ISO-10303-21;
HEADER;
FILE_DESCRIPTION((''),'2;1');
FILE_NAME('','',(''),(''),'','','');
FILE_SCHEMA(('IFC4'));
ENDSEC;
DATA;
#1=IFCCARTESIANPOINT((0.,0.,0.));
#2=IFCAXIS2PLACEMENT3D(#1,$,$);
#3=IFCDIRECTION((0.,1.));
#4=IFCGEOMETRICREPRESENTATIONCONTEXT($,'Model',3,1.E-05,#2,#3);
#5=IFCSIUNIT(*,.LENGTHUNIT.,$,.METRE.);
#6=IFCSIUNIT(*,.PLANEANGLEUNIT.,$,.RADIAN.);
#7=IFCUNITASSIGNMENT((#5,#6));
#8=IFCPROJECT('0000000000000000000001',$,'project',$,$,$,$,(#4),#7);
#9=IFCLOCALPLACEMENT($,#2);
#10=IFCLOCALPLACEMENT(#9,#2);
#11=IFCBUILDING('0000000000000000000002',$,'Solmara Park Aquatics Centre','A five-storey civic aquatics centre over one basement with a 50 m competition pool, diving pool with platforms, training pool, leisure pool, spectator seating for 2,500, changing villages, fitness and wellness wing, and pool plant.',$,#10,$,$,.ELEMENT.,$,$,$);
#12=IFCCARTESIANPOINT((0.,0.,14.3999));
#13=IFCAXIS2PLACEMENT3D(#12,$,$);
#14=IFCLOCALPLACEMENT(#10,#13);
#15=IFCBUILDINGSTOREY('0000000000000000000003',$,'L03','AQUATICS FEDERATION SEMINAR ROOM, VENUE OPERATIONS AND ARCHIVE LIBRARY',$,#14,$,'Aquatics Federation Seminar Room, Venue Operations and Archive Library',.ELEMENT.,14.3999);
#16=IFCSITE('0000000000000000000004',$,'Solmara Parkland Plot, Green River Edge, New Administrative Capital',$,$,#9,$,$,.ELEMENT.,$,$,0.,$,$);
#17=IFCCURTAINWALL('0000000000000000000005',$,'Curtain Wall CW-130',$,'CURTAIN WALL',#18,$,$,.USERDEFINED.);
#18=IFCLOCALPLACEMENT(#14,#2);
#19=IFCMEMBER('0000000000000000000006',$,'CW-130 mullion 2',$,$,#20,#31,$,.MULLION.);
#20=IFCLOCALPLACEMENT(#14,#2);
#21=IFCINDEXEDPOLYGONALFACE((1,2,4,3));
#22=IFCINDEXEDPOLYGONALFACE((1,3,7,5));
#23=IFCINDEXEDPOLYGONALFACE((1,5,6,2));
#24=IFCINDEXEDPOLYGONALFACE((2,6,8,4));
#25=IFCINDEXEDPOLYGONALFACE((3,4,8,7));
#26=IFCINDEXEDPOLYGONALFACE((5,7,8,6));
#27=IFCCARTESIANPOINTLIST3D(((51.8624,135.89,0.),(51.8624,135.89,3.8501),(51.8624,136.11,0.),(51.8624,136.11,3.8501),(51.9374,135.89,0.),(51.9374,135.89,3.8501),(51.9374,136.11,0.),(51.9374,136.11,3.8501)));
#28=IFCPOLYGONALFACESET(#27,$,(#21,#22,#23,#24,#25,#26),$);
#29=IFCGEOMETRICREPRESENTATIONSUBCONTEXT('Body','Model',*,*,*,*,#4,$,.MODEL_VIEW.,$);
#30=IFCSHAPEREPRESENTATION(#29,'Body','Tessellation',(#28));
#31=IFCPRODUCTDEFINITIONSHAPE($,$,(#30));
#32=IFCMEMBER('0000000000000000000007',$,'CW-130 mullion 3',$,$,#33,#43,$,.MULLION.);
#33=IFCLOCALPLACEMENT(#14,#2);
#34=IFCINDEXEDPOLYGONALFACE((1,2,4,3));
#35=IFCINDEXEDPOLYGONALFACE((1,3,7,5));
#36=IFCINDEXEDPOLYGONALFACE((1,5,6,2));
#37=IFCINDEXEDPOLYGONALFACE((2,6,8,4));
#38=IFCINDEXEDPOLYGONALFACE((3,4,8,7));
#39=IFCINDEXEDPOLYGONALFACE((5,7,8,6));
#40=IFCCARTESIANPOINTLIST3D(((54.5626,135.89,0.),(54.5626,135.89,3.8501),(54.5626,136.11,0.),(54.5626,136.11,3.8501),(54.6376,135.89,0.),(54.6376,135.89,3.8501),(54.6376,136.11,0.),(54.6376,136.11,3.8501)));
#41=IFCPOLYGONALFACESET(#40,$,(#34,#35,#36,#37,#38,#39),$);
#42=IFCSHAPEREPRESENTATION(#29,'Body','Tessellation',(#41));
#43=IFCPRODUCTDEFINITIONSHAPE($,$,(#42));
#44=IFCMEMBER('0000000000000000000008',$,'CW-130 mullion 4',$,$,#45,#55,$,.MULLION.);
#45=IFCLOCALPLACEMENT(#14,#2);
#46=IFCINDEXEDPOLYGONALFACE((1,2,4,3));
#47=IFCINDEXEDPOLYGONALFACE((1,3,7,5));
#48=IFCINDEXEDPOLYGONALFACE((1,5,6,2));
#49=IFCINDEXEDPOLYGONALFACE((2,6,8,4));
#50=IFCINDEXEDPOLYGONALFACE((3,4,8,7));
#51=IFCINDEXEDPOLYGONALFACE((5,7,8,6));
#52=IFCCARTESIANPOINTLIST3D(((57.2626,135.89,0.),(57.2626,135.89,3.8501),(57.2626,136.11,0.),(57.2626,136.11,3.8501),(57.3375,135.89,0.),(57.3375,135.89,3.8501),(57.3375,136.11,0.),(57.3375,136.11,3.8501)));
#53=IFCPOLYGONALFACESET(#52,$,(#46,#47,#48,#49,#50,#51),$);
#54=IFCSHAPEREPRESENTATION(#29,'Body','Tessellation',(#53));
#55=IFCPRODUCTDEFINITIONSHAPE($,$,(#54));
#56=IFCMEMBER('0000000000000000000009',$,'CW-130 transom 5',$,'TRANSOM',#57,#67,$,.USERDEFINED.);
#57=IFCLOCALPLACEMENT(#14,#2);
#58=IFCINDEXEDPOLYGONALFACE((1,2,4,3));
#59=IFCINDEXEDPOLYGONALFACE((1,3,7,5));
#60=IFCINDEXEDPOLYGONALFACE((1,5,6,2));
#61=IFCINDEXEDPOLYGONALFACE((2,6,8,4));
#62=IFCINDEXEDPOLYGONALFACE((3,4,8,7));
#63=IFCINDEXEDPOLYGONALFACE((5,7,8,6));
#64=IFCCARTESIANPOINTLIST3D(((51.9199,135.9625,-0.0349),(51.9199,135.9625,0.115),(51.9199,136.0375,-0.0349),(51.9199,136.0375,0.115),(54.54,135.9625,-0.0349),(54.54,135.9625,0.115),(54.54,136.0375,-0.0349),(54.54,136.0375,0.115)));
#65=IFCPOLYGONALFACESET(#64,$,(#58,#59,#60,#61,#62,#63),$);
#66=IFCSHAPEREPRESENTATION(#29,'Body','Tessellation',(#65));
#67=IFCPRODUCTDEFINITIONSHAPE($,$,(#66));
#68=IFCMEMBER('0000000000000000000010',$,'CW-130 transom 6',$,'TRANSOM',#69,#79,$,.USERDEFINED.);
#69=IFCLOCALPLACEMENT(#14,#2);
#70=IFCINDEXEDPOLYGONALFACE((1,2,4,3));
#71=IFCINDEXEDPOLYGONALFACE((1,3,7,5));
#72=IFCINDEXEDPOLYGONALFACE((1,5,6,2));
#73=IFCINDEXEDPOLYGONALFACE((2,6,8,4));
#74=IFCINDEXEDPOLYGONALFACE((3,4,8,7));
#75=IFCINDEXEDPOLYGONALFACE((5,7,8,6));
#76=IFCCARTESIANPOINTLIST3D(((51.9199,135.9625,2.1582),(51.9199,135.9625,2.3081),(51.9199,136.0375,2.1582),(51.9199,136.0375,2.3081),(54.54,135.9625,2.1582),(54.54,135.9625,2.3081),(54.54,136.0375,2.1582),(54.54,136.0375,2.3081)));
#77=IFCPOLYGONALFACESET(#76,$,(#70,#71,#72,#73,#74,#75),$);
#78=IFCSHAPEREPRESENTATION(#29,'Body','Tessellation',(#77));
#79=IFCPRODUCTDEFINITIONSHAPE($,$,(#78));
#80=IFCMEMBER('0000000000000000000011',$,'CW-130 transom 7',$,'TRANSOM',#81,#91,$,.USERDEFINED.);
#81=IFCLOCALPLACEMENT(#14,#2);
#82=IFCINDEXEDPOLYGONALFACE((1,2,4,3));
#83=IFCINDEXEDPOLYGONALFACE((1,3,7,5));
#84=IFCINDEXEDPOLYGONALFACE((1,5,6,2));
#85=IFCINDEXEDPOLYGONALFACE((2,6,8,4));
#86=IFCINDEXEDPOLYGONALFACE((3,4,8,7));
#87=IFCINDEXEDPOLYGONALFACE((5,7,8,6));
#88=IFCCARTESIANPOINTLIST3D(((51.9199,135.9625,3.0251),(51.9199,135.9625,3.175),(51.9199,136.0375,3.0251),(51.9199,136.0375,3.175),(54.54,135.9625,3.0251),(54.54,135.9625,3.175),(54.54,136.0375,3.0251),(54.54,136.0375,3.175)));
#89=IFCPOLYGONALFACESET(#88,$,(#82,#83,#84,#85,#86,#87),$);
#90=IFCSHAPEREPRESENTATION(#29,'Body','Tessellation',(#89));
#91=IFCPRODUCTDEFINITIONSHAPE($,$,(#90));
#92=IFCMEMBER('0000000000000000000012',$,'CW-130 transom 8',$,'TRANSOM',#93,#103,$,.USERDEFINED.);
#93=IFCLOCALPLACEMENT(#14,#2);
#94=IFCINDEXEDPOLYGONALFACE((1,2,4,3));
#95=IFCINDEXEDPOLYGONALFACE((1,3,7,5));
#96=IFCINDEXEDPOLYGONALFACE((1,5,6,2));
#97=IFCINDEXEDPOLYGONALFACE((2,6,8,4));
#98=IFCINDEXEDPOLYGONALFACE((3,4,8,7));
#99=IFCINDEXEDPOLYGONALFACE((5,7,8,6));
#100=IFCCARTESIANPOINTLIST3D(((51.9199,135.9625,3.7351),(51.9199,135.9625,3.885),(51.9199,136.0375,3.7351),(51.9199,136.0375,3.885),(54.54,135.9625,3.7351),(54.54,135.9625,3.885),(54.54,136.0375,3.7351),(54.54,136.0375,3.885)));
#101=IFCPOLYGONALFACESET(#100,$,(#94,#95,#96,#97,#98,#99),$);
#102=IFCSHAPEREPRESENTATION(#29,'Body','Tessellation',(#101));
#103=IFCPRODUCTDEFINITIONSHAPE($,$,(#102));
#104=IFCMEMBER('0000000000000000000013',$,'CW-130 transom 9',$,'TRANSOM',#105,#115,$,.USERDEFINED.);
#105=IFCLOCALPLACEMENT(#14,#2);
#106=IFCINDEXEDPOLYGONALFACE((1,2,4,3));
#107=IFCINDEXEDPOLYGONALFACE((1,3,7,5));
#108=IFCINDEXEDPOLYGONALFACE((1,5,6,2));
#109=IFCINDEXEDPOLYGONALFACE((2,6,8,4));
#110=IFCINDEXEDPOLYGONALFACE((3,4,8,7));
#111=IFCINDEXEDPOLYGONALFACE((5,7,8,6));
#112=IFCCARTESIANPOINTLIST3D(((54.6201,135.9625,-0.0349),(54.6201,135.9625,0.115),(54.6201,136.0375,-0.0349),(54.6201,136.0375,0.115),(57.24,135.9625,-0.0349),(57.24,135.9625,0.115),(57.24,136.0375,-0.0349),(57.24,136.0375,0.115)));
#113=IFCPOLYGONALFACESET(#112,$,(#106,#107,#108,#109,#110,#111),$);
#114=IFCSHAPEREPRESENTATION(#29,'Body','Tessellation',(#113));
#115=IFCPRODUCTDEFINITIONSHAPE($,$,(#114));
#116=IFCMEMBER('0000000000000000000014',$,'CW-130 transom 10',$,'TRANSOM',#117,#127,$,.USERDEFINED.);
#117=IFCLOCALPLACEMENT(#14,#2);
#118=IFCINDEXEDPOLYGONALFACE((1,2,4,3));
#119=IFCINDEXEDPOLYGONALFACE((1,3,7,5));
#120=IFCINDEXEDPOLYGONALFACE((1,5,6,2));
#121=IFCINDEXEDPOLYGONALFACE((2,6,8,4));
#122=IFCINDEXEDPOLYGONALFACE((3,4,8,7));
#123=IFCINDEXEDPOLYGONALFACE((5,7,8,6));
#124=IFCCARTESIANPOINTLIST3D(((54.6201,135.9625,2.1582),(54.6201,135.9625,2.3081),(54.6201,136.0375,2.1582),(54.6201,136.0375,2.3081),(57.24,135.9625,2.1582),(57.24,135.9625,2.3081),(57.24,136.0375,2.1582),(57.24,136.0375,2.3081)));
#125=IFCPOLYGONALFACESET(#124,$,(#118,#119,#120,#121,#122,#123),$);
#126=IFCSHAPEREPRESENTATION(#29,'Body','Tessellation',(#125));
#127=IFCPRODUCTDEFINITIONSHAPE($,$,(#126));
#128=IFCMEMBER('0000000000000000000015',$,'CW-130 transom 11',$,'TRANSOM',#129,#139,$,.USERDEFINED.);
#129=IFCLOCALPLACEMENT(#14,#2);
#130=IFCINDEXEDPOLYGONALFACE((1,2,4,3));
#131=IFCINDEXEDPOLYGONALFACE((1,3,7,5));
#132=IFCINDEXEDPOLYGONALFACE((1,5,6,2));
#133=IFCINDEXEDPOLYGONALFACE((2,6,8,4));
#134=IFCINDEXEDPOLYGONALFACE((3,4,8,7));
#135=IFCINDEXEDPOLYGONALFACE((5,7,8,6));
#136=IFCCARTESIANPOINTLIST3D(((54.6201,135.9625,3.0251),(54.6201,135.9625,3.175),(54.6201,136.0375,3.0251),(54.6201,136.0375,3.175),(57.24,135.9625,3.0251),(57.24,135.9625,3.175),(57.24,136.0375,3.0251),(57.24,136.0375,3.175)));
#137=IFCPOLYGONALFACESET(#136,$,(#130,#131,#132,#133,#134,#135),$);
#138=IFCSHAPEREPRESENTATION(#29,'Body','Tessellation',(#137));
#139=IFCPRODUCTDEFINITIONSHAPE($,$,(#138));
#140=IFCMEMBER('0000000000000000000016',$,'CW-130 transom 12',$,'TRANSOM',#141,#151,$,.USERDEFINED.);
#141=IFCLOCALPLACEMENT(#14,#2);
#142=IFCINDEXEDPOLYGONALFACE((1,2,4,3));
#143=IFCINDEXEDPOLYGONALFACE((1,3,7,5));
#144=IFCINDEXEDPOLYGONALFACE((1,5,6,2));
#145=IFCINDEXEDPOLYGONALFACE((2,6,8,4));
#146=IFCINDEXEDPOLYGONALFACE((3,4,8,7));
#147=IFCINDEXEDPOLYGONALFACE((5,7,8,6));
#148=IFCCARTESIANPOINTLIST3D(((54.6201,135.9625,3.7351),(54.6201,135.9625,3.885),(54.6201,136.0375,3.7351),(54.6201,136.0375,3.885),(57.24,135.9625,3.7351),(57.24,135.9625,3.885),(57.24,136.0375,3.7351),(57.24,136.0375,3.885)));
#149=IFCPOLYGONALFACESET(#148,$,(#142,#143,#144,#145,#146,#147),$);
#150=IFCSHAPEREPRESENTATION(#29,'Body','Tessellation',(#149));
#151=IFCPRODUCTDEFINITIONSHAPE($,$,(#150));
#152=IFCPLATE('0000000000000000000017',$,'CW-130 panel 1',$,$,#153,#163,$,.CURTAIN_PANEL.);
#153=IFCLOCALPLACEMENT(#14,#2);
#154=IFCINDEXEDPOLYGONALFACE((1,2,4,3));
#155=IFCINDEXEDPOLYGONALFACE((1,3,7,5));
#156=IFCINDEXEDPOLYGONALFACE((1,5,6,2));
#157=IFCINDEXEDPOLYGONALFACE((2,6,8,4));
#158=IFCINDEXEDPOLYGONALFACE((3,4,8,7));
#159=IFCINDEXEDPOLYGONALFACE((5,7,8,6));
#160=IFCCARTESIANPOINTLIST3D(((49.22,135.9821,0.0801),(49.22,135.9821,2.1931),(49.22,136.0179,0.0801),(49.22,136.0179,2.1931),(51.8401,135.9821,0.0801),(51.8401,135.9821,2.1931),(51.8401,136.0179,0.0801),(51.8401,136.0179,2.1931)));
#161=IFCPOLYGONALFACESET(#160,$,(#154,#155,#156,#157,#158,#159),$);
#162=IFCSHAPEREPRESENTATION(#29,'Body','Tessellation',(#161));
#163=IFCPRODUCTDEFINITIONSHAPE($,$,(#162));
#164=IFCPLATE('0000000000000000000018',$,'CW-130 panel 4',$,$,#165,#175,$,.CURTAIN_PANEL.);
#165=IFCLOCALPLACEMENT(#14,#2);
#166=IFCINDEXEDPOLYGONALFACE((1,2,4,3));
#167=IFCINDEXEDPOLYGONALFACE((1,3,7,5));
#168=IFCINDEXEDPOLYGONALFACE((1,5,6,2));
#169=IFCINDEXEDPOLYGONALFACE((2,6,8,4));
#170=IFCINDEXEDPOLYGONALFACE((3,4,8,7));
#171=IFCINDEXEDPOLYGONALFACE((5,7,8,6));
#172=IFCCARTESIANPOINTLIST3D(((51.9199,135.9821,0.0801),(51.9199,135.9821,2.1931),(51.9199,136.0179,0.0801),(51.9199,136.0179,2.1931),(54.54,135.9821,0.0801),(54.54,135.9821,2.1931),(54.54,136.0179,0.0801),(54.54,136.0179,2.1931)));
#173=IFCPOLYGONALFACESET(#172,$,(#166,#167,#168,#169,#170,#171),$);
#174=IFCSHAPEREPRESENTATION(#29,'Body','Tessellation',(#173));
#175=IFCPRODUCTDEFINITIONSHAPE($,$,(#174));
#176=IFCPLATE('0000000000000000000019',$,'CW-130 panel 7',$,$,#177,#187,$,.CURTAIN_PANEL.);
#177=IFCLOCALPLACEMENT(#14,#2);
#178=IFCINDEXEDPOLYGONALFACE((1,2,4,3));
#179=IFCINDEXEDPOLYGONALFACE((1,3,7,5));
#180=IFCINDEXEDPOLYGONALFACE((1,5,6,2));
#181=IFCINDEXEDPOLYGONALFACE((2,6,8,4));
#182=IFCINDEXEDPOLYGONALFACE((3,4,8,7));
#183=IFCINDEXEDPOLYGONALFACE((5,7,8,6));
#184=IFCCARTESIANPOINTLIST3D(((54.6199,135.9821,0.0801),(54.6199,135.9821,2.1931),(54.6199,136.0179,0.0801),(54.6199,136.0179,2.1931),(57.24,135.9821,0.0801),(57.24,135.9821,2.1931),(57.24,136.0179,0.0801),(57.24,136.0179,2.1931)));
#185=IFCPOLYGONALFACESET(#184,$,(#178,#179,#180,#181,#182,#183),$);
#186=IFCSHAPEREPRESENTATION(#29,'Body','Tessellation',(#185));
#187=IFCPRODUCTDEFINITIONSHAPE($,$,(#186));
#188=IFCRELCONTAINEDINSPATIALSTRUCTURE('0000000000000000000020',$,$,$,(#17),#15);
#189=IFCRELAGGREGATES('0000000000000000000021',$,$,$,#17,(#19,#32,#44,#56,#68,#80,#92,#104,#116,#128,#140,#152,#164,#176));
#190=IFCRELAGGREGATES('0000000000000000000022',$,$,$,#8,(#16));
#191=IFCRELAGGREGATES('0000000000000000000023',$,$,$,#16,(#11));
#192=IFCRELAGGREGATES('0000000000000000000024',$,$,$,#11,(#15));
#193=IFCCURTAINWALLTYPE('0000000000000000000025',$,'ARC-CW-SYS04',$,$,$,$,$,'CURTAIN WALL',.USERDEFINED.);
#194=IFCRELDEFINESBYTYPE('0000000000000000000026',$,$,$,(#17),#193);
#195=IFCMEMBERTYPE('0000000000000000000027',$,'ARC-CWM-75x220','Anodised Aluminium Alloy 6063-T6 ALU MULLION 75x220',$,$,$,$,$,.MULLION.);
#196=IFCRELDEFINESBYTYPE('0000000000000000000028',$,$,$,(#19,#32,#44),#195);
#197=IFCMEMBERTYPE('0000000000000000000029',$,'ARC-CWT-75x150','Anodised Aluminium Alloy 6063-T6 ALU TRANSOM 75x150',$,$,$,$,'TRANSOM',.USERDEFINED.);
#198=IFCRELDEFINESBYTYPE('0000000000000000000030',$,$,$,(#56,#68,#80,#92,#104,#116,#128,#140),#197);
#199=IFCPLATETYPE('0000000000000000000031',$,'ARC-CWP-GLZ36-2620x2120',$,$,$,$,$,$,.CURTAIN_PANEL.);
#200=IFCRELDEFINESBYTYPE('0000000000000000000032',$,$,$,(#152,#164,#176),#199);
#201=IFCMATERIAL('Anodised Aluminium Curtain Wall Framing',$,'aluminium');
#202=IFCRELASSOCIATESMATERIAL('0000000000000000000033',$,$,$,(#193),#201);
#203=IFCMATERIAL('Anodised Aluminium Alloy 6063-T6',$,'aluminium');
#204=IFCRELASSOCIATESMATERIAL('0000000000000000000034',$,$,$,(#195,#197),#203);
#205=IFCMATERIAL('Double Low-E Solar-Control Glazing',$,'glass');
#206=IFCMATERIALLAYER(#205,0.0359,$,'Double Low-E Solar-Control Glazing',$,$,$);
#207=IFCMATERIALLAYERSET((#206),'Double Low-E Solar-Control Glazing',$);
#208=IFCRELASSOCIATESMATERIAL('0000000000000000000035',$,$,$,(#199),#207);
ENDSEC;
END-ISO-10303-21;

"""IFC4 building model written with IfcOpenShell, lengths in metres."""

from ifc_helpers import new_model, si_unit, direction, frame, origin, origin_2d, place, context, subcontext, project, spatial, rectangle, extrude, material, layer, layer_set, material_profile, profile_set, type_object, element, aggregate, save


model = new_model("IFC4")

# Units and contexts
model_context = context("Model", 3, precision=1e-05, world=origin(), true_north=direction((0.0, 1.0)))
body_context = subcontext(model_context, "Body", "Model", "MODEL_VIEW")
ifc_project = project(units=[si_unit("LENGTHUNIT", "METRE"), si_unit("PLANEANGLEUNIT", "RADIAN")], contexts=[model_context])

# Site, building, storey
site_placement = place(None, origin())
site = spatial("IfcSite", under=ifc_project, at=site_placement, Name="Solmara Parkland Plot, Green River Edge, New Administrative Capital", CompositionType="ELEMENT", RefElevation=0.0)
building_placement = place(site_placement, origin())
building = spatial("IfcBuilding", under=site, at=building_placement, Name="Solmara Park Aquatics Centre", Description="A five-storey civic aquatics centre over one basement with a 50 m competition pool, diving pool with platforms, training pool, leisure pool, spectator seating for 2,500, changing villages, fitness and wellness wing, and pool plant.", CompositionType="ELEMENT")
storey_placement = place(building_placement, frame((0.0, 0.0, 14.3999)))
storey = spatial("IfcBuildingStorey", under=building, at=storey_placement, Name="L03", Description="AQUATICS FEDERATION SEMINAR ROOM, VENUE OPERATIONS AND ARCHIVE LIBRARY", LongName="Aquatics Federation Seminar Room, Venue Operations and Archive Library", CompositionType="ELEMENT", Elevation=14.3999)

# Curtain wall, members, plates
ifc_material_1 = material(Name="Anodised Aluminium Curtain Wall Framing", Category="aluminium")
curtain_wall_type = type_object("IfcCurtainWallType", Name="ARC-CW-SYS04", ElementType="CURTAIN WALL", PredefinedType="USERDEFINED", material=ifc_material_1)
curtain_wall_placement = place(storey_placement, origin())
curtain_wall = element("IfcCurtainWall", 1, at=curtain_wall_placement, inside=storey, type_object=curtain_wall_type, Name="Curtain Wall CW-130", ObjectType="CURTAIN WALL", PredefinedType="USERDEFINED")
ifc_material_2 = material(Name="Anodised Aluminium Alloy 6063-T6", Category="aluminium")
ifc_material_profile_1 = material_profile(ifc_material_2, rectangle(XDim=0.075, YDim=0.22, at=origin_2d()), Name="ALU MULLION 75x220")
ifc_profile_set_1 = profile_set([ifc_material_profile_1], Name="Anodised Aluminium Alloy 6063-T6")
member_type_1 = type_object("IfcMemberType", Name="ARC-CWM-75x220", Description="Anodised Aluminium Alloy 6063-T6 ALU MULLION 75x220", PredefinedType="MULLION", material=ifc_profile_set_1)
member_1_placement = place(storey_placement, frame((51.8999, 136.0, 0.0), z_axis=(0.0, 0.0, 1.0), x_axis=(1.0, 0.0, 0.0)))
member_1 = element("IfcMember", 2, at=member_1_placement, type_object=member_type_1, Name="CW-130 mullion 2", PredefinedType="MULLION", context=body_context, shape_type="SweptSolid", body=[
    extrude(rectangle(XDim=0.075, YDim=0.22, at=origin_2d()), origin(), (0.0, 0.0, 1.0), 3.8501),
])
member_2_placement = place(storey_placement, frame((54.6001, 136.0, 0.0), z_axis=(0.0, 0.0, 1.0), x_axis=(1.0, 0.0, 0.0)))
member_2 = element("IfcMember", 3, at=member_2_placement, type_object=member_type_1, Name="CW-130 mullion 3", PredefinedType="MULLION", context=body_context, shape_type="SweptSolid", body=[
    extrude(rectangle(XDim=0.075, YDim=0.22, at=origin_2d()), origin(), (0.0, 0.0, 1.0), 3.8501),
])
member_3_placement = place(storey_placement, frame((57.3, 136.0, 0.0), z_axis=(0.0, 0.0, 1.0), x_axis=(1.0, 0.0, 0.0)))
member_3 = element("IfcMember", 4, at=member_3_placement, type_object=member_type_1, Name="CW-130 mullion 4", PredefinedType="MULLION", context=body_context, shape_type="SweptSolid", body=[
    extrude(rectangle(XDim=0.075, YDim=0.22, at=origin_2d()), origin(), (0.0, 0.0, 1.0), 3.8501),
])
ifc_material_profile_2 = material_profile(ifc_material_2, rectangle(XDim=0.075, YDim=0.1499, at=origin_2d()), Name="ALU TRANSOM 75x150")
ifc_profile_set_2 = profile_set([ifc_material_profile_2], Name="Anodised Aluminium Alloy 6063-T6")
member_type_2 = type_object("IfcMemberType", Name="ARC-CWT-75x150", Description="Anodised Aluminium Alloy 6063-T6 ALU TRANSOM 75x150", ElementType="TRANSOM", PredefinedType="USERDEFINED", material=ifc_profile_set_2)
member_4_placement = place(storey_placement, frame((51.9199, 136.0, 0.04), z_axis=(1.0, 0.0, 0.0), x_axis=(0.0, 1.0, 0.0)))
member_4 = element("IfcMember", 5, at=member_4_placement, type_object=member_type_2, Name="CW-130 transom 5", ObjectType="TRANSOM", PredefinedType="USERDEFINED", context=body_context, shape_type="SweptSolid", body=[
    extrude(rectangle(XDim=0.075, YDim=0.1499, at=origin_2d()), origin(), (0.0, 0.0, 1.0), 2.6201),
])
member_5_placement = place(storey_placement, frame((51.9199, 136.0, 2.2332), z_axis=(1.0, 0.0, 0.0), x_axis=(0.0, 1.0, 0.0)))
member_5 = element("IfcMember", 6, at=member_5_placement, type_object=member_type_2, Name="CW-130 transom 6", ObjectType="TRANSOM", PredefinedType="USERDEFINED", context=body_context, shape_type="SweptSolid", body=[
    extrude(rectangle(XDim=0.075, YDim=0.1499, at=origin_2d()), origin(), (0.0, 0.0, 1.0), 2.6201),
])
member_6_placement = place(storey_placement, frame((51.9199, 136.0, 3.1001), z_axis=(1.0, 0.0, 0.0), x_axis=(0.0, 1.0, 0.0)))
member_6 = element("IfcMember", 7, at=member_6_placement, type_object=member_type_2, Name="CW-130 transom 7", ObjectType="TRANSOM", PredefinedType="USERDEFINED", context=body_context, shape_type="SweptSolid", body=[
    extrude(rectangle(XDim=0.075, YDim=0.1499, at=origin_2d()), origin(), (0.0, 0.0, 1.0), 2.6201),
])
member_7_placement = place(storey_placement, frame((51.9199, 136.0, 3.8101), z_axis=(1.0, 0.0, 0.0), x_axis=(0.0, 1.0, 0.0)))
member_7 = element("IfcMember", 8, at=member_7_placement, type_object=member_type_2, Name="CW-130 transom 8", ObjectType="TRANSOM", PredefinedType="USERDEFINED", context=body_context, shape_type="SweptSolid", body=[
    extrude(rectangle(XDim=0.075, YDim=0.1499, at=origin_2d()), origin(), (0.0, 0.0, 1.0), 2.6201),
])
member_8_placement = place(storey_placement, frame((54.6201, 136.0, 0.04), z_axis=(1.0, 0.0, 0.0), x_axis=(0.0, 1.0, 0.0)))
member_8 = element("IfcMember", 9, at=member_8_placement, type_object=member_type_2, Name="CW-130 transom 9", ObjectType="TRANSOM", PredefinedType="USERDEFINED", context=body_context, shape_type="SweptSolid", body=[
    extrude(rectangle(XDim=0.075, YDim=0.1499, at=origin_2d()), origin(), (0.0, 0.0, 1.0), 2.6199),
])
member_9_placement = place(storey_placement, frame((54.6201, 136.0, 2.2332), z_axis=(1.0, 0.0, 0.0), x_axis=(0.0, 1.0, 0.0)))
member_9 = element("IfcMember", 10, at=member_9_placement, type_object=member_type_2, Name="CW-130 transom 10", ObjectType="TRANSOM", PredefinedType="USERDEFINED", context=body_context, shape_type="SweptSolid", body=[
    extrude(rectangle(XDim=0.075, YDim=0.1499, at=origin_2d()), origin(), (0.0, 0.0, 1.0), 2.6199),
])
member_10_placement = place(storey_placement, frame((54.6201, 136.0, 3.1001), z_axis=(1.0, 0.0, 0.0), x_axis=(0.0, 1.0, 0.0)))
member_10 = element("IfcMember", 11, at=member_10_placement, type_object=member_type_2, Name="CW-130 transom 11", ObjectType="TRANSOM", PredefinedType="USERDEFINED", context=body_context, shape_type="SweptSolid", body=[
    extrude(rectangle(XDim=0.075, YDim=0.1499, at=origin_2d()), origin(), (0.0, 0.0, 1.0), 2.6199),
])
member_11_placement = place(storey_placement, frame((54.6201, 136.0, 3.8101), z_axis=(1.0, 0.0, 0.0), x_axis=(0.0, 1.0, 0.0)))
member_11 = element("IfcMember", 12, at=member_11_placement, type_object=member_type_2, Name="CW-130 transom 12", ObjectType="TRANSOM", PredefinedType="USERDEFINED", context=body_context, shape_type="SweptSolid", body=[
    extrude(rectangle(XDim=0.075, YDim=0.1499, at=origin_2d()), origin(), (0.0, 0.0, 1.0), 2.6199),
])
ifc_material_3 = material(Name="Double Low-E Solar-Control Glazing", Category="glass")
ifc_layer_1 = layer(ifc_material_3, 0.0359, Name="Double Low-E Solar-Control Glazing")
ifc_layer_set_1 = layer_set([ifc_layer_1], Name="Double Low-E Solar-Control Glazing")
plate_type_1 = type_object("IfcPlateType", Name="ARC-CWP-GLZ36-2620x2120", PredefinedType="CURTAIN_PANEL", material=ifc_layer_set_1)
plate_1_placement = place(storey_placement, frame((50.53, 136.0, 0.0801), z_axis=(0.0, 0.0, 1.0), x_axis=(1.0, 0.0, 0.0)))
plate_1 = element("IfcPlate", 13, at=plate_1_placement, type_object=plate_type_1, Name="CW-130 panel 1", PredefinedType="CURTAIN_PANEL", context=body_context, shape_type="SweptSolid", body=[
    extrude(rectangle(XDim=2.6201, YDim=0.0359, at=origin_2d()), origin(), (0.0, 0.0, 1.0), 2.113),
])
plate_2_placement = place(storey_placement, frame((53.23, 136.0, 0.0801), z_axis=(0.0, 0.0, 1.0), x_axis=(1.0, 0.0, 0.0)))
plate_2 = element("IfcPlate", 14, at=plate_2_placement, type_object=plate_type_1, Name="CW-130 panel 4", PredefinedType="CURTAIN_PANEL", context=body_context, shape_type="SweptSolid", body=[
    extrude(rectangle(XDim=2.6201, YDim=0.0359, at=origin_2d()), origin(), (0.0, 0.0, 1.0), 2.113),
])
plate_3_placement = place(storey_placement, frame((55.9299, 136.0, 0.0801), z_axis=(0.0, 0.0, 1.0), x_axis=(1.0, 0.0, 0.0)))
plate_3 = element("IfcPlate", 15, at=plate_3_placement, type_object=plate_type_1, Name="CW-130 panel 7", PredefinedType="CURTAIN_PANEL", context=body_context, shape_type="SweptSolid", body=[
    extrude(rectangle(XDim=2.6201, YDim=0.0359, at=origin_2d()), origin(), (0.0, 0.0, 1.0), 2.113),
])
aggregate(curtain_wall, [member_1, member_2, member_3, member_4, member_5, member_6, member_7, member_8, member_9, member_10, member_11, plate_1, plate_2, plate_3])

save(model, "model.ifc")
